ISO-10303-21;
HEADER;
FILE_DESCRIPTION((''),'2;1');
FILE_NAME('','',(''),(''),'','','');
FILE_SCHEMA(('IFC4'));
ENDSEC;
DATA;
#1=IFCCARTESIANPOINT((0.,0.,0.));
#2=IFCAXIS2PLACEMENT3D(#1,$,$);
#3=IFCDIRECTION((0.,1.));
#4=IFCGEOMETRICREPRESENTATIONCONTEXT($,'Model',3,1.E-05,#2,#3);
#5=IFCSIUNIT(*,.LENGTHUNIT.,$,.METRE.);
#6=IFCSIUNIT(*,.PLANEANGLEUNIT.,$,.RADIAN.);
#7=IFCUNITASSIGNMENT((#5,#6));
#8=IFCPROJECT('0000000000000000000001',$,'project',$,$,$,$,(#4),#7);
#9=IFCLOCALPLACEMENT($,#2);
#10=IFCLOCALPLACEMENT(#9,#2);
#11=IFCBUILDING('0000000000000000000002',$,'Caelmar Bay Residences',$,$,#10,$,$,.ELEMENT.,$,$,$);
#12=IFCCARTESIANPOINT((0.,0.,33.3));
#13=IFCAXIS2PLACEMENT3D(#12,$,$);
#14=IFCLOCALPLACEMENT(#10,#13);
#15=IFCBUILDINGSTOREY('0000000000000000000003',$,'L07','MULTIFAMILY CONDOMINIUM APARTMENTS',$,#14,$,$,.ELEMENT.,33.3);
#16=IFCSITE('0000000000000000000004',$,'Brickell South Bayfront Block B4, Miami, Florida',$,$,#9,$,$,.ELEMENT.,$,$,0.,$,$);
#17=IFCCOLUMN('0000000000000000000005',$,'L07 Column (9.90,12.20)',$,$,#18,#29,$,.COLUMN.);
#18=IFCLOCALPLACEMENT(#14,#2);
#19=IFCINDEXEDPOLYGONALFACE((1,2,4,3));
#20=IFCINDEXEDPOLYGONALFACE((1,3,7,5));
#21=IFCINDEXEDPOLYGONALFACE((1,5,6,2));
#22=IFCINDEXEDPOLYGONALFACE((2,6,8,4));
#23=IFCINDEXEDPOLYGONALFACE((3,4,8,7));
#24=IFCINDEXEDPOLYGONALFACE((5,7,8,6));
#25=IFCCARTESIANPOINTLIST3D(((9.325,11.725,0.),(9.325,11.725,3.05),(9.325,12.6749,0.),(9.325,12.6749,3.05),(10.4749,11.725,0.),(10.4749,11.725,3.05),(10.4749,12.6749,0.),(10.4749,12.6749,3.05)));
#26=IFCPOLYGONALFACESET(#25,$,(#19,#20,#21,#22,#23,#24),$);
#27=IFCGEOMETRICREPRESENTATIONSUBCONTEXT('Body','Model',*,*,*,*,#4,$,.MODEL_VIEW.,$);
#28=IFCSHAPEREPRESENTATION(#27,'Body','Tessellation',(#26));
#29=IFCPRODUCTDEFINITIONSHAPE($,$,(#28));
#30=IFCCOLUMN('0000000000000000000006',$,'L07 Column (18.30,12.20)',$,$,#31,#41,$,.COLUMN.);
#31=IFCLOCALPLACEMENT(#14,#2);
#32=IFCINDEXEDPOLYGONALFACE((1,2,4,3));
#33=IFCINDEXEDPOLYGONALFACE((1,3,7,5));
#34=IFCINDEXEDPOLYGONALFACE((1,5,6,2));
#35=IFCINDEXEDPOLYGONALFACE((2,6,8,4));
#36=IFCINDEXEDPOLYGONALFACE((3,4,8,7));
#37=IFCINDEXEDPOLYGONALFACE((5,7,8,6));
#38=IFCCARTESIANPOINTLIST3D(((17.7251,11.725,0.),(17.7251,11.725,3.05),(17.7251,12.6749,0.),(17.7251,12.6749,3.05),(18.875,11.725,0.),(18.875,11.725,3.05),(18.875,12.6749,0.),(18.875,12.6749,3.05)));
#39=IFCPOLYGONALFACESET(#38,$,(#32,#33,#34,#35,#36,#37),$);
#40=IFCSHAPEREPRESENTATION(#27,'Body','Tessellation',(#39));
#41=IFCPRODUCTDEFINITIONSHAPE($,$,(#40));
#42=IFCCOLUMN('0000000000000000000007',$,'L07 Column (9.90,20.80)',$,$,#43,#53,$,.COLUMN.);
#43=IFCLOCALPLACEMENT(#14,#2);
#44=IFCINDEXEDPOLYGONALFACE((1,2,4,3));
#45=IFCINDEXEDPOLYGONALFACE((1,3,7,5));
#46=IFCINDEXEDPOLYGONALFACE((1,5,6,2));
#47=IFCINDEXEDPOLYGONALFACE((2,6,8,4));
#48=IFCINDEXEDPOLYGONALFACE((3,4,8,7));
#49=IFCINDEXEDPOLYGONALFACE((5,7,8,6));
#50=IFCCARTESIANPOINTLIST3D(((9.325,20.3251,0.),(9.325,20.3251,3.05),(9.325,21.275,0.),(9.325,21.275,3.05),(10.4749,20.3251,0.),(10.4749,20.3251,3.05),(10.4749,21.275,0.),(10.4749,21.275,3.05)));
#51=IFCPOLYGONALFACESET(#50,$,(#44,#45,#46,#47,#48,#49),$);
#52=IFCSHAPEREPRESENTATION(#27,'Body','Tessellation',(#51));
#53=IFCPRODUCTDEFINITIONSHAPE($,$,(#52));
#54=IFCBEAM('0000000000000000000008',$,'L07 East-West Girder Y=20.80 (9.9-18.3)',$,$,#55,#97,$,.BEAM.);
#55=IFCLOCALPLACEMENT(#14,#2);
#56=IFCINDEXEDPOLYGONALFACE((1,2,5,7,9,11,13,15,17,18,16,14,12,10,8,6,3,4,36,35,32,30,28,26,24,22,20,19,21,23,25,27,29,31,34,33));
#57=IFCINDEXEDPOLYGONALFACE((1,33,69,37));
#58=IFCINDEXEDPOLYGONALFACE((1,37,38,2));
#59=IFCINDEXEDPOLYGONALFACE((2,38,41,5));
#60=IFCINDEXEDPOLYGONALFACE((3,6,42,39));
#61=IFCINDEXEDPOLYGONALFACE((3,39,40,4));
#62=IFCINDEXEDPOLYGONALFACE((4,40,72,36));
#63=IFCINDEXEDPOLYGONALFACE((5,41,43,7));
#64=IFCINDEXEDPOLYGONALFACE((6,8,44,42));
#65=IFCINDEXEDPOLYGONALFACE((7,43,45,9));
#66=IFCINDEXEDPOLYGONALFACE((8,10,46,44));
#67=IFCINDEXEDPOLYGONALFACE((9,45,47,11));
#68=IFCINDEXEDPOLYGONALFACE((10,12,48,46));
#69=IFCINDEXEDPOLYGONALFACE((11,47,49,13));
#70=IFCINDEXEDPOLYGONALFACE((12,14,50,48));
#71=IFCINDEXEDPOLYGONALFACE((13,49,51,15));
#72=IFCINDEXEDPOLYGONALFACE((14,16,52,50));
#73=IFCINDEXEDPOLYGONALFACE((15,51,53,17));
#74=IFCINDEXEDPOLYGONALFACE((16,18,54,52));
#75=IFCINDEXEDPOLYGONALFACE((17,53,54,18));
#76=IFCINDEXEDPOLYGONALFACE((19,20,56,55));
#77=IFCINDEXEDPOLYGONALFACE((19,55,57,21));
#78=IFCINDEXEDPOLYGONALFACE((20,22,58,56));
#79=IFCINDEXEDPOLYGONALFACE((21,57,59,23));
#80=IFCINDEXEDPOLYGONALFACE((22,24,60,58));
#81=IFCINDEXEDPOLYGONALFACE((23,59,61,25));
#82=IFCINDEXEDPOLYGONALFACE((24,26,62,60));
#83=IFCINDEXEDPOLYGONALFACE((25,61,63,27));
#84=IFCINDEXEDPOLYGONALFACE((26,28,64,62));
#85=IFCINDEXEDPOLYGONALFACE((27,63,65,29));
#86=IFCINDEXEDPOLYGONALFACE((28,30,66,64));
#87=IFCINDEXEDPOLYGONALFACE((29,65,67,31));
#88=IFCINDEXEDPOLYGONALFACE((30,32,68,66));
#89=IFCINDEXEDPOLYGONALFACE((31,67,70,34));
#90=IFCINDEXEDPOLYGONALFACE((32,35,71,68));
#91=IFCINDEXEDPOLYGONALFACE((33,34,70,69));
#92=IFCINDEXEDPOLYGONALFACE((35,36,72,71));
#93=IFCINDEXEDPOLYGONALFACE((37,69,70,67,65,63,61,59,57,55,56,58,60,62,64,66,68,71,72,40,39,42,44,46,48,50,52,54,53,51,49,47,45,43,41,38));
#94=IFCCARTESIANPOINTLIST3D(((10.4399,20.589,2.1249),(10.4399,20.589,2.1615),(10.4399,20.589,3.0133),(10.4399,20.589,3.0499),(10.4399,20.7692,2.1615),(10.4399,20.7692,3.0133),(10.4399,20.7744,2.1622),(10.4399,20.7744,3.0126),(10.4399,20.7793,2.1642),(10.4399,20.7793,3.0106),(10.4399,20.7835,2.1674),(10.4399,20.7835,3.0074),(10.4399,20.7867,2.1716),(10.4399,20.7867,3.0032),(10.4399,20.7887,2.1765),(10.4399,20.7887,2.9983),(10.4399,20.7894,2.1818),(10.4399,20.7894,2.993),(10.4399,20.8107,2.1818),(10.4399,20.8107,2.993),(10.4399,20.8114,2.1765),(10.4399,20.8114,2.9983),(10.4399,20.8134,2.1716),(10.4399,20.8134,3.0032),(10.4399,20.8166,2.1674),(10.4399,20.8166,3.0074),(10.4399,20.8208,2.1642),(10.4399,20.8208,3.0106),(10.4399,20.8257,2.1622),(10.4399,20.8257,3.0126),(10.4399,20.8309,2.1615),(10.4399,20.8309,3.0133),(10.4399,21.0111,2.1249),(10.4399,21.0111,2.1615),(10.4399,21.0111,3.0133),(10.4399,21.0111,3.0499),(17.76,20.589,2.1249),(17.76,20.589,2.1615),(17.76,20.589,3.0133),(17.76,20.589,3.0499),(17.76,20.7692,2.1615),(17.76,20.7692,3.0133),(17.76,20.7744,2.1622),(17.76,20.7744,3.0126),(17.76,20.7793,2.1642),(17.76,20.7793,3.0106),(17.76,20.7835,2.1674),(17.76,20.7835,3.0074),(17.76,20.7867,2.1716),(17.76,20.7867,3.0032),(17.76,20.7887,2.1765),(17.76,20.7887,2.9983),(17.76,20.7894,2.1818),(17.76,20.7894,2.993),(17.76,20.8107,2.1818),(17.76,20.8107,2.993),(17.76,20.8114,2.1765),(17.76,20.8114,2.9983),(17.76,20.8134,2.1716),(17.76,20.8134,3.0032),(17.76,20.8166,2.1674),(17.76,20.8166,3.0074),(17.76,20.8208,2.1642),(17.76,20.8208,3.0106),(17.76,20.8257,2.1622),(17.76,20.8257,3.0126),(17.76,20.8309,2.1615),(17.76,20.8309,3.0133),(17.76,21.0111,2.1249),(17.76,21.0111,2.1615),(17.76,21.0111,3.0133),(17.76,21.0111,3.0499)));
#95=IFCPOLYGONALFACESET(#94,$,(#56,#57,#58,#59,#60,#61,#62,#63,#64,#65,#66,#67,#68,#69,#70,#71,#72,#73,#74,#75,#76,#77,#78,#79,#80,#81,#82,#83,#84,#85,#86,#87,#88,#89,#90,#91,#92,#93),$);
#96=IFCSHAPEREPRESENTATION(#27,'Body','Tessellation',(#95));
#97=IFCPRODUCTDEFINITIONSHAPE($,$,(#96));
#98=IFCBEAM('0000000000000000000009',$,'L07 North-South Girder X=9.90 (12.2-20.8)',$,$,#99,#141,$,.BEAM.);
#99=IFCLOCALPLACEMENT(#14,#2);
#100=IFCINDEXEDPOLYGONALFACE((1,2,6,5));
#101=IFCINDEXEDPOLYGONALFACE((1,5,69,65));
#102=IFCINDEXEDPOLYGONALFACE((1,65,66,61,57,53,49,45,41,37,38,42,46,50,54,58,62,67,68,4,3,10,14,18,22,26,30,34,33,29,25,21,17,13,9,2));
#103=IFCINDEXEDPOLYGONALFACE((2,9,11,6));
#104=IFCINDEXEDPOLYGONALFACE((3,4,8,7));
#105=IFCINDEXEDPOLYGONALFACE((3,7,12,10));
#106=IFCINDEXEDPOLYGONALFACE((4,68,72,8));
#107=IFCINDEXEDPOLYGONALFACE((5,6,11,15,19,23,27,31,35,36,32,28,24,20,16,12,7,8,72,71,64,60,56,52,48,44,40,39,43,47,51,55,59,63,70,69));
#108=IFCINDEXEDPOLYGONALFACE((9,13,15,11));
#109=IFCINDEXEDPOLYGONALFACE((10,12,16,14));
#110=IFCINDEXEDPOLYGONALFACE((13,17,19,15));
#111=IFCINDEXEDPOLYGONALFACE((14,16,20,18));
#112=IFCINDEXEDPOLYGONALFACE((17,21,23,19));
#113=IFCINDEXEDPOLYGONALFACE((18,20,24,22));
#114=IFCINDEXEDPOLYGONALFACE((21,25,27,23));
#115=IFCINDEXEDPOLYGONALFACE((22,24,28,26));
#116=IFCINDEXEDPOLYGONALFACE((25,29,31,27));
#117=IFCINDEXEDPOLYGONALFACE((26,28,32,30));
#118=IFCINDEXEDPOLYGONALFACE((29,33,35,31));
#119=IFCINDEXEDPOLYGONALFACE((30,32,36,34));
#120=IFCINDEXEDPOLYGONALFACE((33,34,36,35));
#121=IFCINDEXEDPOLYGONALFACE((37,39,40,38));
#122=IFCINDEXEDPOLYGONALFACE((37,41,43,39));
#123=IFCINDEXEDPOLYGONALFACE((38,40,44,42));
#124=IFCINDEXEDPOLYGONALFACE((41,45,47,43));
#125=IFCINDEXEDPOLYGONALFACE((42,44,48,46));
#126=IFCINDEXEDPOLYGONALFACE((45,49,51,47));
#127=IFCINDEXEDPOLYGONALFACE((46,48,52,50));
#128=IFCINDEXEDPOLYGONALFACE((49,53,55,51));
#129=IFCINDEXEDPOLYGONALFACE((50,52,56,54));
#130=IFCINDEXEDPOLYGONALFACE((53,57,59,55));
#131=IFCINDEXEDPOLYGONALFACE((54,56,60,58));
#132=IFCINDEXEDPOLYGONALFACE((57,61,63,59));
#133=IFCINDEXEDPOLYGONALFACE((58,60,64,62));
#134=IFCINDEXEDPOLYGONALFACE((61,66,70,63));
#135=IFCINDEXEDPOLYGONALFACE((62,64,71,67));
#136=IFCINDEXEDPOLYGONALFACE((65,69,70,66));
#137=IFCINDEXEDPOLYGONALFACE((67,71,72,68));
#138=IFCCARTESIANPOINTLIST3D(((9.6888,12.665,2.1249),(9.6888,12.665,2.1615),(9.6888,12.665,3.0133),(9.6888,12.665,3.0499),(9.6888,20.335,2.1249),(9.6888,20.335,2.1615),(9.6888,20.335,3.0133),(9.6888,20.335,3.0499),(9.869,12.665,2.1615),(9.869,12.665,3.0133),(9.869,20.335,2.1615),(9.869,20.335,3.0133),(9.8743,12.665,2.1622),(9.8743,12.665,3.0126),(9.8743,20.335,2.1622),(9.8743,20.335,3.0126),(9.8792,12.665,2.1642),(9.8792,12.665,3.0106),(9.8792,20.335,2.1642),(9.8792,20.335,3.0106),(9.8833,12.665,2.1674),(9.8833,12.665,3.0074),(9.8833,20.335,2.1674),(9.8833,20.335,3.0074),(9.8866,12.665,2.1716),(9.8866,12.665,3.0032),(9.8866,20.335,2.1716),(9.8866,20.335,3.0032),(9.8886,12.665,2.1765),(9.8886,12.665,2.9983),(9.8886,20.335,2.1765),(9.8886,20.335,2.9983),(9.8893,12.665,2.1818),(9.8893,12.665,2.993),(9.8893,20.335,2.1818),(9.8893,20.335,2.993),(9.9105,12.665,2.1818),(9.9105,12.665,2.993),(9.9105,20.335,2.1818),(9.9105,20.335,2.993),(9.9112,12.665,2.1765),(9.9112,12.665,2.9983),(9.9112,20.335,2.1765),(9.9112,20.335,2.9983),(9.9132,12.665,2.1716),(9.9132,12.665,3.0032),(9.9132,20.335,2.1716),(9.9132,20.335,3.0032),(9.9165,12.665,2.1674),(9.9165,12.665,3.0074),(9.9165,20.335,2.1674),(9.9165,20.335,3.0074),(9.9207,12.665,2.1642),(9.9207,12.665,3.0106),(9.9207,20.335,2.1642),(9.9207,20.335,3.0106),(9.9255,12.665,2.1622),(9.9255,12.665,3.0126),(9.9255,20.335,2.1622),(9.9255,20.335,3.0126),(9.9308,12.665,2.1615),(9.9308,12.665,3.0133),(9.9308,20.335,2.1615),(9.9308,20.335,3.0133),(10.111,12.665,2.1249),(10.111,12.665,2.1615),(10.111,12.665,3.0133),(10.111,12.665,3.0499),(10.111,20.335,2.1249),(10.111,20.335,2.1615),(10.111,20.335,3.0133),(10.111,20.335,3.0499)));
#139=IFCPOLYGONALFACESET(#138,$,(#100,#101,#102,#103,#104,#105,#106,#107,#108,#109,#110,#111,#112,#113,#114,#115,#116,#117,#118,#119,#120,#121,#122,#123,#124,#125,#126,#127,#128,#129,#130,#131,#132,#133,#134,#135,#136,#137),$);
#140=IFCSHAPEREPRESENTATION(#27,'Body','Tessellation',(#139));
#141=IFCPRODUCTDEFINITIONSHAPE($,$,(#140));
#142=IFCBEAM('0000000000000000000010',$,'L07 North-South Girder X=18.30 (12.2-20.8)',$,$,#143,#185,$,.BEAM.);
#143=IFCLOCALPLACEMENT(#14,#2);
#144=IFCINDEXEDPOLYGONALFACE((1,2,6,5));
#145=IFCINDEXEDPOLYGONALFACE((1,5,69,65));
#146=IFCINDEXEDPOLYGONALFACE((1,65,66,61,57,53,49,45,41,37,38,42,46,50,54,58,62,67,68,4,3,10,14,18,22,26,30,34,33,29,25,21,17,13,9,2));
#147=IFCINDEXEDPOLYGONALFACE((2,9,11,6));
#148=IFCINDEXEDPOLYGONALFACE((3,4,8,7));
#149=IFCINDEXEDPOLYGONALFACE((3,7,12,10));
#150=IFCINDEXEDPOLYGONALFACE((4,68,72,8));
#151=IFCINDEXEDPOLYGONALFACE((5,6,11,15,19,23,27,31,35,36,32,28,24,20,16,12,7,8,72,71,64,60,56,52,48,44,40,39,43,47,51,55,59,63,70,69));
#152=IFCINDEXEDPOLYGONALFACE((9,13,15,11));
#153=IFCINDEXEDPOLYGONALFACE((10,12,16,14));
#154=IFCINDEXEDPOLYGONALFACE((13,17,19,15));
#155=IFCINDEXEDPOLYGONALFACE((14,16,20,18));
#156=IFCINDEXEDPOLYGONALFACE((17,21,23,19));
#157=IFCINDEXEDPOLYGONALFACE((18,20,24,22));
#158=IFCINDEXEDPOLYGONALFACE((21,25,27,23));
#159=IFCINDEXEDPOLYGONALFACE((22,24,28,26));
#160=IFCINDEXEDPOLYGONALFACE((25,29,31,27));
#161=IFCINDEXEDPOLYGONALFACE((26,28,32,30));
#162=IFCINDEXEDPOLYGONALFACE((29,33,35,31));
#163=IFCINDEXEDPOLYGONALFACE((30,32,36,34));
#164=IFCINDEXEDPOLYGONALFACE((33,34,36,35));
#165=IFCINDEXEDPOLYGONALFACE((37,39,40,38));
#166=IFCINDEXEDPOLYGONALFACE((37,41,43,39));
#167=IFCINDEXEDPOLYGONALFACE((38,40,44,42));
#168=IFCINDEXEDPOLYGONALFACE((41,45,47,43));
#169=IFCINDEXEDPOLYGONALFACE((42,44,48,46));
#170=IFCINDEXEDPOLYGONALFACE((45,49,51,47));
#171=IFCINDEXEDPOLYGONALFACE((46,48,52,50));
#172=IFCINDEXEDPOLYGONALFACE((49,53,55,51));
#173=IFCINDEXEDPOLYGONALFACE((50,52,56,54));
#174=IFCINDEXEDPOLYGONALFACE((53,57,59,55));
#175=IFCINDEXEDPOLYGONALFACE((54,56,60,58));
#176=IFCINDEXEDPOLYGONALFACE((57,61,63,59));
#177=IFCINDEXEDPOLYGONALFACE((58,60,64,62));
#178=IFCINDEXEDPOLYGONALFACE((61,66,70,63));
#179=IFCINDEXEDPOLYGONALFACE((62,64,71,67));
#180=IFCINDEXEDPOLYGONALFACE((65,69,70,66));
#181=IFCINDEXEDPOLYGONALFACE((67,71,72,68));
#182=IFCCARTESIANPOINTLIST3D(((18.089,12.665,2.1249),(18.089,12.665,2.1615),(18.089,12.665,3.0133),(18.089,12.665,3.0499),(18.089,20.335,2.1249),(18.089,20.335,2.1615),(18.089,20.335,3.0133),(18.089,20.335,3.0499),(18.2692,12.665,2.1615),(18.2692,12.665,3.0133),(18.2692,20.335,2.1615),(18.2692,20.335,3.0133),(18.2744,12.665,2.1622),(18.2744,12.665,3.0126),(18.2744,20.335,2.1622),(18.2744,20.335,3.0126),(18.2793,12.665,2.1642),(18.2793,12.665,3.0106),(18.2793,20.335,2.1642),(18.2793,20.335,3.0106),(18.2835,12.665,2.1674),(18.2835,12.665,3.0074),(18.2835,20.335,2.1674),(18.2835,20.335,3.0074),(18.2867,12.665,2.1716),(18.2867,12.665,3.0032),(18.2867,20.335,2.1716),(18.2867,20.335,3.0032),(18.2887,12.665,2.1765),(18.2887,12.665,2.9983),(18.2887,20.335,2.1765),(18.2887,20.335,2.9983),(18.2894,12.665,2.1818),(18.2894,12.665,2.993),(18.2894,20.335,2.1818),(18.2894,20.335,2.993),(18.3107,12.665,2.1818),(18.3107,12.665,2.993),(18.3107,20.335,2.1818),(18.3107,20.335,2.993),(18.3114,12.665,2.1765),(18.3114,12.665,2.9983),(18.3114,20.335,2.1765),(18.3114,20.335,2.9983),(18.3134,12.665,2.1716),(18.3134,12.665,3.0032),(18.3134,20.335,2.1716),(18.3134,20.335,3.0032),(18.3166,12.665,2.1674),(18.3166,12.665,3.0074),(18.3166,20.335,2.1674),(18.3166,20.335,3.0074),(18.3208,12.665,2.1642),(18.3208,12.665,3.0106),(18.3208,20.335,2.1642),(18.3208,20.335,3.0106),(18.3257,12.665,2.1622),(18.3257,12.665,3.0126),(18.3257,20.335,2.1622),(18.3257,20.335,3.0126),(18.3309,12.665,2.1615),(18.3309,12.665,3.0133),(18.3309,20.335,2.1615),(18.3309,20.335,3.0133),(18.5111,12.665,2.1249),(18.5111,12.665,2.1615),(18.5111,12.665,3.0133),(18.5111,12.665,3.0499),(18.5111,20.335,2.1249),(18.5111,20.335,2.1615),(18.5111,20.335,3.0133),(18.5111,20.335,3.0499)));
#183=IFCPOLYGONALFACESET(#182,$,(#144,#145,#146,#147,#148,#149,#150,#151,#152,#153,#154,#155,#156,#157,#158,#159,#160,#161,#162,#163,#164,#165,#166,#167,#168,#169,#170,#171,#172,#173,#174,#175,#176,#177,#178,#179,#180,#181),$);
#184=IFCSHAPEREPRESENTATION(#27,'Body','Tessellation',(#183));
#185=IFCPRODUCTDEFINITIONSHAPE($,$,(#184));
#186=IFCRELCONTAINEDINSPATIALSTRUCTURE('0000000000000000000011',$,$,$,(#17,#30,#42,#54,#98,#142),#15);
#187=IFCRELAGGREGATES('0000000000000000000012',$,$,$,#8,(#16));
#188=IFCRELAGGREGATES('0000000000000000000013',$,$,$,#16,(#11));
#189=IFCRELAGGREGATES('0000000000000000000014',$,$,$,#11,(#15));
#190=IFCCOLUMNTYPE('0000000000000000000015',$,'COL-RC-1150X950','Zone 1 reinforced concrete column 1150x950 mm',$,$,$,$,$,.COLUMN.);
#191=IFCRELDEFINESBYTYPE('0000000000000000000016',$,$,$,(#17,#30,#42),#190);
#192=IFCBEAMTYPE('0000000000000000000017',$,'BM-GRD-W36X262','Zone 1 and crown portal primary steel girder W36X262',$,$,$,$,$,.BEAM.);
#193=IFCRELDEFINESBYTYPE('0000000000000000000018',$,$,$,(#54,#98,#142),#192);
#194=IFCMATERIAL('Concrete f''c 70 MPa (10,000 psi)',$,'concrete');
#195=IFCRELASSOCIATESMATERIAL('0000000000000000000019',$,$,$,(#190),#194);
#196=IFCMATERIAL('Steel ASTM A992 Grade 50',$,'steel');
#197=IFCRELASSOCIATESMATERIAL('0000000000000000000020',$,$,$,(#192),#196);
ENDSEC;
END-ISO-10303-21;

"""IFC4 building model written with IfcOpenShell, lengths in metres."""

from ifc_helpers import new_model, si_unit, direction, frame, origin, origin_2d, place, context, subcontext, project, spatial, rectangle, i_section, extrude, material, material_profile, profile_set, type_object, element, save


model = new_model("IFC4")

# Units and contexts
model_context = context("Model", 3, precision=1e-05, world=origin(), true_north=direction((0.0, 1.0)))
body_context = subcontext(model_context, "Body", "Model", "MODEL_VIEW")
ifc_project = project(units=[si_unit("LENGTHUNIT", "METRE"), si_unit("PLANEANGLEUNIT", "RADIAN")], contexts=[model_context])

# Site, building, storey
site_placement = place(None, origin())
site = spatial("IfcSite", under=ifc_project, at=site_placement, Name="Brickell South Bayfront Block B4, Miami, Florida", CompositionType="ELEMENT", RefElevation=0.0)
building_placement = place(site_placement, origin())
building = spatial("IfcBuilding", under=site, at=building_placement, Name="Caelmar Bay Residences", CompositionType="ELEMENT")
storey_placement = place(building_placement, frame((0.0, 0.0, 33.3)))
storey = spatial("IfcBuildingStorey", under=building, at=storey_placement, Name="L07", Description="MULTIFAMILY CONDOMINIUM APARTMENTS", CompositionType="ELEMENT", Elevation=33.3)

# Columns
ifc_material_1 = material(Name="Concrete f'c 70 MPa (10,000 psi)", Category="concrete")
ifc_material_profile_1 = material_profile(ifc_material_1, rectangle(XDim=1.1499, YDim=0.95, at=origin_2d()), Name="RC-COL-1150X950")
ifc_profile_set_1 = profile_set([ifc_material_profile_1], Name="Concrete f'c 70 MPa (10,000 psi)")
column_type = type_object("IfcColumnType", Name="COL-RC-1150X950", Description="Zone 1 reinforced concrete column 1150x950 mm", PredefinedType="COLUMN", material=ifc_profile_set_1)
for number, where, z_axis, x_axis, name in (
    (1, (9.8999, 12.2, 0.0), (0.0, 0.0, 1.0), (1.0, 0.0, 0.0), "L07 Column (9.90,12.20)"),
    (2, (18.3, 12.2, 0.0), (0.0, 0.0, 1.0), (1.0, 0.0, 0.0), "L07 Column (18.30,12.20)"),
    (3, (9.8999, 20.8, 0.0), (0.0, 0.0, 1.0), (1.0, 0.0, 0.0), "L07 Column (9.90,20.80)"),
):
    element("IfcColumn", number, at=place(storey_placement, frame(where, z_axis=z_axis, x_axis=x_axis)), inside=storey, type_object=column_type, Name=name, PredefinedType="COLUMN", context=body_context, shape_type="SweptSolid", body=[
        extrude(rectangle(XDim=1.1499, YDim=0.95, at=origin_2d()), origin(), (0.0, 0.0, 1.0), 3.05),
    ])

# Beams
ifc_material_2 = material(Name="Steel ASTM A992 Grade 50", Category="steel")
ifc_material_profile_2 = material_profile(ifc_material_2, i_section(OverallWidth=0.4221, OverallDepth=0.925, WebThickness=0.0212, FlangeThickness=0.0366, FilletRadius=0.0203, at=origin_2d()), Name="W36X262")
ifc_profile_set_2 = profile_set([ifc_material_profile_2], Name="Steel ASTM A992 Grade 50")
beam_type_1 = type_object("IfcBeamType", Name="BM-GRD-W36X262", Description="Zone 1 and crown portal primary steel girder W36X262", PredefinedType="BEAM", material=ifc_profile_set_2)
beam_1_placement = place(storey_placement, frame((10.4399, 20.8, 2.5874), z_axis=(1.0, 0.0, 0.0), x_axis=(0.0, 1.0, 0.0)))
element("IfcBeam", 4, at=beam_1_placement, inside=storey, type_object=beam_type_1, Name="L07 East-West Girder Y=20.80 (9.9-18.3)", PredefinedType="BEAM", context=body_context, shape_type="SweptSolid", body=[
    extrude(i_section(OverallWidth=0.4221, OverallDepth=0.925, WebThickness=0.0212, FlangeThickness=0.0366, FilletRadius=0.0203, at=origin_2d()), origin(), (0.0, 0.0, 1.0), 7.3201),
])
for number, where, z_axis, x_axis, name in (
    (5, (9.8999, 12.665, 2.5874), (0.0, 1.0, 0.0), (-1.0, 0.0, 0.0), "L07 North-South Girder X=9.90 (12.2-20.8)"),
    (6, (18.3, 12.665, 2.5874), (0.0, 1.0, 0.0), (-1.0, 0.0, 0.0), "L07 North-South Girder X=18.30 (12.2-20.8)"),
):
    element("IfcBeam", number, at=place(storey_placement, frame(where, z_axis=z_axis, x_axis=x_axis)), inside=storey, type_object=beam_type_1, Name=name, PredefinedType="BEAM", context=body_context, shape_type="SweptSolid", body=[
        extrude(i_section(OverallWidth=0.4221, OverallDepth=0.925, WebThickness=0.0212, FlangeThickness=0.0366, FilletRadius=0.0203, at=origin_2d()), origin(), (0.0, 0.0, 1.0), 7.6699),
    ])

save(model, "model.ifc")
